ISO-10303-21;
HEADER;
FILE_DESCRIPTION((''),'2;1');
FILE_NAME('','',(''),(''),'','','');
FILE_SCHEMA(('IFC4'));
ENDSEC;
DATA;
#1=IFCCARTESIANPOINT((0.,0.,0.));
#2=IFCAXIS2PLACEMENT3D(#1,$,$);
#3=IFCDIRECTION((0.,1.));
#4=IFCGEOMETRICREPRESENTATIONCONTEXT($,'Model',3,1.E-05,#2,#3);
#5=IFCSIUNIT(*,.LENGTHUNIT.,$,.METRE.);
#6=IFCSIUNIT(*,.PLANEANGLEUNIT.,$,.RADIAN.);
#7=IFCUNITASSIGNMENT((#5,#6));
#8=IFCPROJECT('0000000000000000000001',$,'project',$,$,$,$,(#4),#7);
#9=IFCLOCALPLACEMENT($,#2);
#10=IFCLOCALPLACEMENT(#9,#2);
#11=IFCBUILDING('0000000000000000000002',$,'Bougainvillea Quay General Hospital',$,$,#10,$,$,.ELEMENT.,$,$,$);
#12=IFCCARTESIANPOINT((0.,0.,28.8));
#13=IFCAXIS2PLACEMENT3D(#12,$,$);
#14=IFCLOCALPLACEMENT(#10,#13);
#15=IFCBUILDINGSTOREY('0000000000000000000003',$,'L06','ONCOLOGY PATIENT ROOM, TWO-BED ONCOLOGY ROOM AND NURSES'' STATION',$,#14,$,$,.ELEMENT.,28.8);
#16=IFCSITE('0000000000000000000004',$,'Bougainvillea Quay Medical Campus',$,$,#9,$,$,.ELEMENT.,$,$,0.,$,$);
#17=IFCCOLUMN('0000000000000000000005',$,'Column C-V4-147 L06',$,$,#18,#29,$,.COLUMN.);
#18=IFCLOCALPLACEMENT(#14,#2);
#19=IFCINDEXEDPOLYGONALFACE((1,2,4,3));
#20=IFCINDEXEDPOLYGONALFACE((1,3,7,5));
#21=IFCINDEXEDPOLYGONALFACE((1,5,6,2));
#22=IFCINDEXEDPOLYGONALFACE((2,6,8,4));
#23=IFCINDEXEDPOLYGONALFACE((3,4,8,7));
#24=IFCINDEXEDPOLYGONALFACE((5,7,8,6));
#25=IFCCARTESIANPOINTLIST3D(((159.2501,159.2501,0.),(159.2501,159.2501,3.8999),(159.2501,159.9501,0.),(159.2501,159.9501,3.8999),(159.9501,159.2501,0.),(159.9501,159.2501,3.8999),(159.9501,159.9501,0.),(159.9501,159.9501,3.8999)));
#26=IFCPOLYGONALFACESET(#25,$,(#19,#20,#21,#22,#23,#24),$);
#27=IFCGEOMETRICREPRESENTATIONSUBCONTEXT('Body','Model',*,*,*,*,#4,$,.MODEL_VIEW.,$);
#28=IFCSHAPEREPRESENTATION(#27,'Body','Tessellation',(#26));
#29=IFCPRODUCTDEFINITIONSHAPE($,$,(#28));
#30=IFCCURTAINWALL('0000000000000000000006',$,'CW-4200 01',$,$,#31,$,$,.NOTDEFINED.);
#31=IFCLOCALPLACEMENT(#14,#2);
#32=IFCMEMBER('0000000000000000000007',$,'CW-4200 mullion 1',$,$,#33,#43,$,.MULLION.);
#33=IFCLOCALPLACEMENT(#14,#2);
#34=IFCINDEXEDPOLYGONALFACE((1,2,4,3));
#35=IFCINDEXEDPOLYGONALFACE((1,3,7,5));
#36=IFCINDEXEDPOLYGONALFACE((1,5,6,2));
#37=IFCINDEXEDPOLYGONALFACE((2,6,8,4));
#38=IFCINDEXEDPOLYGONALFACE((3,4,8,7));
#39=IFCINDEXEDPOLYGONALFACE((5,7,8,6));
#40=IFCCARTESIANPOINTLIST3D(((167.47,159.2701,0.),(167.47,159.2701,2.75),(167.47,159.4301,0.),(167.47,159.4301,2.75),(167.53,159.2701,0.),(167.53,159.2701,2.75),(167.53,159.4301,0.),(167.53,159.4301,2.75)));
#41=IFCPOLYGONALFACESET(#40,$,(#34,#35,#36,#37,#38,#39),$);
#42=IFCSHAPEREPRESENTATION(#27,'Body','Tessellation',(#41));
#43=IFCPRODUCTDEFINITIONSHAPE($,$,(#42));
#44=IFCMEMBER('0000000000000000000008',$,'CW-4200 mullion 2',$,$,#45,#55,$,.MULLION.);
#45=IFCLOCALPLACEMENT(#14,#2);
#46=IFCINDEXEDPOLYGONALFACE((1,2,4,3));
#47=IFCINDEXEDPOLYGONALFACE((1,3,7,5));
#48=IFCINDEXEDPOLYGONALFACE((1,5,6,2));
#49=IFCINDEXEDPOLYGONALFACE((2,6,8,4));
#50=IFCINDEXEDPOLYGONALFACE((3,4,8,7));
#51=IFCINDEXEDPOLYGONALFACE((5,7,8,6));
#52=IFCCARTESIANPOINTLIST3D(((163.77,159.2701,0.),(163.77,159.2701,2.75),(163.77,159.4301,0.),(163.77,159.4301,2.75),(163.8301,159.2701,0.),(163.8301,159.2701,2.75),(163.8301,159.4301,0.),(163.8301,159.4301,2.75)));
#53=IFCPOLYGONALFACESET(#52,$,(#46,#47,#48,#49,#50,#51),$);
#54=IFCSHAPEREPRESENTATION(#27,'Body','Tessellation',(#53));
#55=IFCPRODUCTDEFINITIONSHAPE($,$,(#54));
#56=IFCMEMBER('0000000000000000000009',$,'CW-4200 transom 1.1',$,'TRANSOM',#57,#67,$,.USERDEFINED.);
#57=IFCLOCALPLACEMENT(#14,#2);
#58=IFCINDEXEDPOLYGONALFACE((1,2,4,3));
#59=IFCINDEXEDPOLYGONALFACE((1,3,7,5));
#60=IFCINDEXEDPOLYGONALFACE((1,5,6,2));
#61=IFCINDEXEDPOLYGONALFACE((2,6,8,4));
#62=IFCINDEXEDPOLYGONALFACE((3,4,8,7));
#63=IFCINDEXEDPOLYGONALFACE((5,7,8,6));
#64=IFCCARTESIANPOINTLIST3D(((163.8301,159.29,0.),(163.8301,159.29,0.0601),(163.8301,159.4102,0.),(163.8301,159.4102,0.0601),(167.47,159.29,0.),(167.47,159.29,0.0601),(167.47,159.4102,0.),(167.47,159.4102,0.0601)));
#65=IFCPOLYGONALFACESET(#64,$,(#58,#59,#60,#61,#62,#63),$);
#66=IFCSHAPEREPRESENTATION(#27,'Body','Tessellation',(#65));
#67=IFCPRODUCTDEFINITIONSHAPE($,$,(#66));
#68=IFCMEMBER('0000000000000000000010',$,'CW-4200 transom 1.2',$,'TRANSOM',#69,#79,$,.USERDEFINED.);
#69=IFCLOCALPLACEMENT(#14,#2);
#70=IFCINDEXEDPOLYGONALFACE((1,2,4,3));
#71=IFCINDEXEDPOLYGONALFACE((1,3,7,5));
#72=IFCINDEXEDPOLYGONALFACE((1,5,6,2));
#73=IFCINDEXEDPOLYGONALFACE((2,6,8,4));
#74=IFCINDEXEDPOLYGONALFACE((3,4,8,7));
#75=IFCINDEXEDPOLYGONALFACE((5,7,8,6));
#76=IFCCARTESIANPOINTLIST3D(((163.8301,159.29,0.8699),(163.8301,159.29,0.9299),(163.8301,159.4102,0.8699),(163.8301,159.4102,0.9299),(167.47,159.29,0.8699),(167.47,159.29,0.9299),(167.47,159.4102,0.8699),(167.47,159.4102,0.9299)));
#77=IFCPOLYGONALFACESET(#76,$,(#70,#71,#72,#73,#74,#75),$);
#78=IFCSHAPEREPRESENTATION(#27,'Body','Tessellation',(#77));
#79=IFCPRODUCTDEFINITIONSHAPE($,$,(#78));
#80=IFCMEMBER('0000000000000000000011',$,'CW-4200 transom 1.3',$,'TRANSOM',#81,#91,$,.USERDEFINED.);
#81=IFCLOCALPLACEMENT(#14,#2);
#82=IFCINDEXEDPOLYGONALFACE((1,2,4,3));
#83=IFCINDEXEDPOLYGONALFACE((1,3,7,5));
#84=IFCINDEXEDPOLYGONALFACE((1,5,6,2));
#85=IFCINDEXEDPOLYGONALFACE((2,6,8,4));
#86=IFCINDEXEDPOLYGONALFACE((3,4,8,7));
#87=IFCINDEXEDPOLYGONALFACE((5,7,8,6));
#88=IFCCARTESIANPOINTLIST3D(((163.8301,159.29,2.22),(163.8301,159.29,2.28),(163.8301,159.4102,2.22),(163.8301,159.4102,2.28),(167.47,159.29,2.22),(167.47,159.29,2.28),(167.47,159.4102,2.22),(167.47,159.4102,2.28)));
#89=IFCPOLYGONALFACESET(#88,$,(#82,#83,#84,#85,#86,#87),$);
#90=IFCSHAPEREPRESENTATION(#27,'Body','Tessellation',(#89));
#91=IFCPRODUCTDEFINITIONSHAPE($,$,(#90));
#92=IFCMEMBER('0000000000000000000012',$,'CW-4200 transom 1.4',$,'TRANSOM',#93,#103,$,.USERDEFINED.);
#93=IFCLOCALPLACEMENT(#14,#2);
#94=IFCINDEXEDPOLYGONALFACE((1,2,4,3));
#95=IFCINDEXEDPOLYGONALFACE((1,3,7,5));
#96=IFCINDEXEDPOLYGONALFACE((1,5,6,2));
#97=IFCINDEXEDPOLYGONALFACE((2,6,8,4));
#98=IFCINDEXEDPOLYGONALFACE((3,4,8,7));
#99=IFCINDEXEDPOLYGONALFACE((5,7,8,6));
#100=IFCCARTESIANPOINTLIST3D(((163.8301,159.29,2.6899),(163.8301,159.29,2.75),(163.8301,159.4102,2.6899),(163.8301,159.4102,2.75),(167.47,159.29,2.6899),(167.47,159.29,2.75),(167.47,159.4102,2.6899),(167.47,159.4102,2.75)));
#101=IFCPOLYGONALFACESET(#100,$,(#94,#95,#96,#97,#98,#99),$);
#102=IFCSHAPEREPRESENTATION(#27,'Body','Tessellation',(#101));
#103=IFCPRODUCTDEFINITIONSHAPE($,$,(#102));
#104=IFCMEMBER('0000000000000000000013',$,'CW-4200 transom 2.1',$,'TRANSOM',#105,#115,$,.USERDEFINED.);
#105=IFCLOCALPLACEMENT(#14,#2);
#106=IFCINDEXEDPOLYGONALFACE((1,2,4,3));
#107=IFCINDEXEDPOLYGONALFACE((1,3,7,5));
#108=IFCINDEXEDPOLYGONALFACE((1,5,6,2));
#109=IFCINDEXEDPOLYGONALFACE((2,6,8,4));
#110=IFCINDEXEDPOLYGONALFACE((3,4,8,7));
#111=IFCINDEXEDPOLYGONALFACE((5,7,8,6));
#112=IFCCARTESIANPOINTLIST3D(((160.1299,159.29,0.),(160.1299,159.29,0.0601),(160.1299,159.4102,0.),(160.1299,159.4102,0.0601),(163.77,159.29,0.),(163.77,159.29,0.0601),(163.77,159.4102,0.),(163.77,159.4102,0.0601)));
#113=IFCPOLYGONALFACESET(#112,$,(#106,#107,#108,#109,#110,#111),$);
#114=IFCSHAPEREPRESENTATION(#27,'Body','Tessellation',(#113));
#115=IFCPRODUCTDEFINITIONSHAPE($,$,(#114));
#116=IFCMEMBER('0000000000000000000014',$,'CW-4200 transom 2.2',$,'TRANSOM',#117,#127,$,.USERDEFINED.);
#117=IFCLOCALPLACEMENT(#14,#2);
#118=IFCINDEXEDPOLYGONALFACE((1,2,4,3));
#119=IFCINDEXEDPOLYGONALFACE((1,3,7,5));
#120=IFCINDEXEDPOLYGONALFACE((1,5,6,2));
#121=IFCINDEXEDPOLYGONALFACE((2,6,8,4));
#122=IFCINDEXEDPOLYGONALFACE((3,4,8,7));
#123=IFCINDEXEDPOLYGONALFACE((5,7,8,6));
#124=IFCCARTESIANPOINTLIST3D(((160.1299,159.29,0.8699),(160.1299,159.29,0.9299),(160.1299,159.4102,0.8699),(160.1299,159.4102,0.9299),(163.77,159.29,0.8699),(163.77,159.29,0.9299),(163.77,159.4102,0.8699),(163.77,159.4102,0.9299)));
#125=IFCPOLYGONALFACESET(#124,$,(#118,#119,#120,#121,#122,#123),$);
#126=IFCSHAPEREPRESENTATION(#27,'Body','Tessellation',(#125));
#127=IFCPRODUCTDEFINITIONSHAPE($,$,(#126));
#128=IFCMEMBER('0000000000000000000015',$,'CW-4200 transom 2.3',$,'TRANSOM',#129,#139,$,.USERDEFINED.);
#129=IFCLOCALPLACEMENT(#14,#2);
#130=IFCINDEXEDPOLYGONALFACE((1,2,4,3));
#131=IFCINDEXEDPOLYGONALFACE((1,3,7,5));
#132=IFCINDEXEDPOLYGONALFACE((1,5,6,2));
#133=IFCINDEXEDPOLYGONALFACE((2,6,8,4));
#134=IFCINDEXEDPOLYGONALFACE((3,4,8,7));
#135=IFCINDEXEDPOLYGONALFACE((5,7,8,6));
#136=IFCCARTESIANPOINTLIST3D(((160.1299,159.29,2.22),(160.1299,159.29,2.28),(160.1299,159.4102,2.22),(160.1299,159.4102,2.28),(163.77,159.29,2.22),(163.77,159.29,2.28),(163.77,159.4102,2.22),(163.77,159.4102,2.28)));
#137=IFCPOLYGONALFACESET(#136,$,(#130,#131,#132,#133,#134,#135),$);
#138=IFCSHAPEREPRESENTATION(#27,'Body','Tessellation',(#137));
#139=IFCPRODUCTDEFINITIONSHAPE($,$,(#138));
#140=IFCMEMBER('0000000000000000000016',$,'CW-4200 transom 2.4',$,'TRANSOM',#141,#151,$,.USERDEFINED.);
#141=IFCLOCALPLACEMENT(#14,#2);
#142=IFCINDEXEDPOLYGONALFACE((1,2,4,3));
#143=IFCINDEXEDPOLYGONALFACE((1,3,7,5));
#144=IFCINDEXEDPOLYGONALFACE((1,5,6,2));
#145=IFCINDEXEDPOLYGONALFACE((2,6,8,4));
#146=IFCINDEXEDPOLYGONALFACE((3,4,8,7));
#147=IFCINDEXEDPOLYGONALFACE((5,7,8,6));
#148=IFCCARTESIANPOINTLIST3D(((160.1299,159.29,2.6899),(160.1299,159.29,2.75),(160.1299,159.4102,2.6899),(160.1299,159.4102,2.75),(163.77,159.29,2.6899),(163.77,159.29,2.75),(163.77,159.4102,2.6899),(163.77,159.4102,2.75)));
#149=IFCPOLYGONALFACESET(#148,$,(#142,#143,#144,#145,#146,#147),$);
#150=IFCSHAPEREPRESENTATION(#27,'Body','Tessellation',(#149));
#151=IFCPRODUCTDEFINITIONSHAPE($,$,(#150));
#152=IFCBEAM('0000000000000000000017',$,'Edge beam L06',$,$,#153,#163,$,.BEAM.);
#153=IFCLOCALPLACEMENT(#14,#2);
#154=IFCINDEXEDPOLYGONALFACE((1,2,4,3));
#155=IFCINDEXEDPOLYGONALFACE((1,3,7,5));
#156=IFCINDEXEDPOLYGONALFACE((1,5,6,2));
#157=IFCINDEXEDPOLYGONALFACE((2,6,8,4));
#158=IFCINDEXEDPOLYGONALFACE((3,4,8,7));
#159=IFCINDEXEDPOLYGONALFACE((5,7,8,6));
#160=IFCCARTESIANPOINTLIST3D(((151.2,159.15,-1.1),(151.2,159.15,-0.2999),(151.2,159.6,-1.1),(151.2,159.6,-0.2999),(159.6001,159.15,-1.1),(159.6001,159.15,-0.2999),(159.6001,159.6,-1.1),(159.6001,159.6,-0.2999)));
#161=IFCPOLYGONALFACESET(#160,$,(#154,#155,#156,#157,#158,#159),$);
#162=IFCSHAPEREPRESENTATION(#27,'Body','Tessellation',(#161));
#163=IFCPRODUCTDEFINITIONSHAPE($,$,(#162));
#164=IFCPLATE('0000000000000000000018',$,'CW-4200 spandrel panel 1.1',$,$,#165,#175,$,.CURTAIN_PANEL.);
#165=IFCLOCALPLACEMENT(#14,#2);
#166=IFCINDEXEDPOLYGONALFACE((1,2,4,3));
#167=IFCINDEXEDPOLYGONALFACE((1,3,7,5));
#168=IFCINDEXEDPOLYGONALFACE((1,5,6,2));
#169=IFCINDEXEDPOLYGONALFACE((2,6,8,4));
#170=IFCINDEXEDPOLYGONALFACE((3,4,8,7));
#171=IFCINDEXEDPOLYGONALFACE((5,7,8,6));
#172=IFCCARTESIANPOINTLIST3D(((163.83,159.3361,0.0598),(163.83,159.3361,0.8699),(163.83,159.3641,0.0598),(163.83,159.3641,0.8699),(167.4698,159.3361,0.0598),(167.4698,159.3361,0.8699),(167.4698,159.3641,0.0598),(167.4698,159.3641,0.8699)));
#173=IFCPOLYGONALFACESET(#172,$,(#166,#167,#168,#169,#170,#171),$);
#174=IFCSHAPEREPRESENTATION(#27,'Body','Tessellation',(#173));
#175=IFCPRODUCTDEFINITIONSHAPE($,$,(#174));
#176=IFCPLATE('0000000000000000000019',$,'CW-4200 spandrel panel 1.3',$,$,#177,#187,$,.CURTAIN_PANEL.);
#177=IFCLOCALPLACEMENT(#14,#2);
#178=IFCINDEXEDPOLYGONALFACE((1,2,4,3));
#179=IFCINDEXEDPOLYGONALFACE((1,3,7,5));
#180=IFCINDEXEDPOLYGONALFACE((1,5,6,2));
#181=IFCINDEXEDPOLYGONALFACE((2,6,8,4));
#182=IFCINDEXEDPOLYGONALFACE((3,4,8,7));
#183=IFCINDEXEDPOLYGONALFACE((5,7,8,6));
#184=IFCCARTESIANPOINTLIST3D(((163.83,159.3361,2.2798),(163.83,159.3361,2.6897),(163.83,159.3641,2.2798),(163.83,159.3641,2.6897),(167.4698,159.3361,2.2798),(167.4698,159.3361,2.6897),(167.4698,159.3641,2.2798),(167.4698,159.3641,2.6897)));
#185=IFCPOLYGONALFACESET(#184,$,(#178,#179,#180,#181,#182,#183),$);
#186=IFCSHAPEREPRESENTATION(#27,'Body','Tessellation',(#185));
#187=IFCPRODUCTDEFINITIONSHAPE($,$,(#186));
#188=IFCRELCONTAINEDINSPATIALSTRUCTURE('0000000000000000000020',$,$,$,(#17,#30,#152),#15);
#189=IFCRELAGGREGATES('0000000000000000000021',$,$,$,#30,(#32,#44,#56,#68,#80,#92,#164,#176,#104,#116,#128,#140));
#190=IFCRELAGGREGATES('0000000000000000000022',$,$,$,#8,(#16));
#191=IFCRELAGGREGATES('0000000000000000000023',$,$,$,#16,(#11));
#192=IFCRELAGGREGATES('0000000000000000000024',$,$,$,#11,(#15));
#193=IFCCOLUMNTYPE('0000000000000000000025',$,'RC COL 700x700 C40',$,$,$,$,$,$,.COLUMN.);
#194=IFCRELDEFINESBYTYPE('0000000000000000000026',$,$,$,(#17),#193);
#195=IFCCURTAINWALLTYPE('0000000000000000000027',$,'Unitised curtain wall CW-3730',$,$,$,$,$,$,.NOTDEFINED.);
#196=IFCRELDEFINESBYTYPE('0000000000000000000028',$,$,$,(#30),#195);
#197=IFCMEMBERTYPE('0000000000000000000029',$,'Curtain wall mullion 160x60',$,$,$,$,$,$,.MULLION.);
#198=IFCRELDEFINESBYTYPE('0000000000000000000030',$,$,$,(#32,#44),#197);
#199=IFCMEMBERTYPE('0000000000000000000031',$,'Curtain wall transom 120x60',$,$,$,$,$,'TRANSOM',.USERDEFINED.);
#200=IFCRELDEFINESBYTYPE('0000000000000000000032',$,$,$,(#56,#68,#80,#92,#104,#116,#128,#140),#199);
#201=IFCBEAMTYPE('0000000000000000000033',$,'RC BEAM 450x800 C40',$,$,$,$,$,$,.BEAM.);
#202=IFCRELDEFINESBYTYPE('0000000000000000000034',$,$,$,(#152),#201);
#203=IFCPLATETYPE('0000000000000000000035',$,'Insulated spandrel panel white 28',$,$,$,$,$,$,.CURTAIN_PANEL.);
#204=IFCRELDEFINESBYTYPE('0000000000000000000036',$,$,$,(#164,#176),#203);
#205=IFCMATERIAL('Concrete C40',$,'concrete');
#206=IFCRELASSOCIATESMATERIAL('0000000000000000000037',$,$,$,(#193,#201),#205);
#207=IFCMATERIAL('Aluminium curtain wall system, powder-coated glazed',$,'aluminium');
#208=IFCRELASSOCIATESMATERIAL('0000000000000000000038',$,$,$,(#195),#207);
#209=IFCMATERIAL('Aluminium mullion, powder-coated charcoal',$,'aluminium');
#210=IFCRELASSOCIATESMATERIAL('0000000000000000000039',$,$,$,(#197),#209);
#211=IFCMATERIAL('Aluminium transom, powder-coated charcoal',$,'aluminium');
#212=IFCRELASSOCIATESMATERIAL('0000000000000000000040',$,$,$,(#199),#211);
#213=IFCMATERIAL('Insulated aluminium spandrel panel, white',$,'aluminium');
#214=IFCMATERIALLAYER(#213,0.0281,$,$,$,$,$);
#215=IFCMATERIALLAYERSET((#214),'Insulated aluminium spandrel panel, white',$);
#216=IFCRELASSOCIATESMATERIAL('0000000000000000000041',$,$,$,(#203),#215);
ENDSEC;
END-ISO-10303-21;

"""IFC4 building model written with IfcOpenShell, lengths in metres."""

from ifc_helpers import new_model, si_unit, direction, frame, origin, origin_2d, place, context, subcontext, project, spatial, rectangle, extrude, material, layer, layer_set, material_profile, profile_set, type_object, element, aggregate, save


model = new_model("IFC4")

# Units and contexts
model_context = context("Model", 3, precision=1e-05, world=origin(), true_north=direction((0.0, 1.0)))
body_context = subcontext(model_context, "Body", "Model", "MODEL_VIEW")
ifc_project = project(units=[si_unit("LENGTHUNIT", "METRE"), si_unit("PLANEANGLEUNIT", "RADIAN")], contexts=[model_context])

# Site, building, storey
site_placement = place(None, origin())
site = spatial("IfcSite", under=ifc_project, at=site_placement, Name="Bougainvillea Quay Medical Campus", CompositionType="ELEMENT", RefElevation=0.0)
building_placement = place(site_placement, origin())
building = spatial("IfcBuilding", under=site, at=building_placement, Name="Bougainvillea Quay General Hospital", CompositionType="ELEMENT")
storey_placement = place(building_placement, frame((0.0, 0.0, 28.8)))
storey = spatial("IfcBuildingStorey", under=building, at=storey_placement, Name="L06", Description="ONCOLOGY PATIENT ROOM, TWO-BED ONCOLOGY ROOM AND NURSES' STATION", CompositionType="ELEMENT", Elevation=28.8)

# Column
ifc_material_1 = material(Name="Concrete C40", Category="concrete")
ifc_material_profile_1 = material_profile(ifc_material_1, rectangle(XDim=0.7, YDim=0.7, at=origin_2d()))
ifc_profile_set_1 = profile_set([ifc_material_profile_1], Name="Concrete C40")
column_type = type_object("IfcColumnType", Name="RC COL 700x700 C40", PredefinedType="COLUMN", material=ifc_profile_set_1)
column_placement = place(storey_placement, frame((159.6001, 159.6001, 0.0), z_axis=(0.0, 0.0, 1.0), x_axis=(1.0, 0.0, 0.0)))
element("IfcColumn", 1, at=column_placement, inside=storey, type_object=column_type, Name="Column C-V4-147 L06", PredefinedType="COLUMN", context=body_context, shape_type="SweptSolid", body=[
    extrude(rectangle(XDim=0.7, YDim=0.7, at=origin_2d()), origin(), (0.0, 0.0, 1.0), 3.8999),
])

# Curtain wall, members
ifc_material_2 = material(Name="Aluminium curtain wall system, powder-coated glazed", Category="aluminium")
curtain_wall_type = type_object("IfcCurtainWallType", Name="Unitised curtain wall CW-3730", PredefinedType="NOTDEFINED", material=ifc_material_2)
curtain_wall_placement = place(storey_placement, origin())
curtain_wall = element("IfcCurtainWall", 2, at=curtain_wall_placement, inside=storey, type_object=curtain_wall_type, Name="CW-4200 01", PredefinedType="NOTDEFINED")
ifc_material_3 = material(Name="Aluminium mullion, powder-coated charcoal", Category="aluminium")
ifc_material_profile_2 = material_profile(ifc_material_3, rectangle(XDim=0.1599, YDim=0.0601, at=origin_2d()))
ifc_profile_set_2 = profile_set([ifc_material_profile_2], Name="Aluminium mullion, powder-coated charcoal")
member_type_1 = type_object("IfcMemberType", Name="Curtain wall mullion 160x60", PredefinedType="MULLION", material=ifc_profile_set_2)
member_1_placement = place(storey_placement, frame((167.5, 159.3501, 0.0), z_axis=(0.0, 0.0, 1.0), x_axis=(0.0, -1.0, 0.0)))
member_1 = element("IfcMember", 3, at=member_1_placement, type_object=member_type_1, Name="CW-4200 mullion 1", PredefinedType="MULLION", context=body_context, shape_type="SweptSolid", body=[
    extrude(rectangle(XDim=0.1599, YDim=0.0601, at=origin_2d()), origin(), (0.0, 0.0, 1.0), 2.75),
])
member_2_placement = place(storey_placement, frame((163.8, 159.3501, 0.0), z_axis=(0.0, 0.0, 1.0), x_axis=(0.0, -1.0, 0.0)))
member_2 = element("IfcMember", 4, at=member_2_placement, type_object=member_type_1, Name="CW-4200 mullion 2", PredefinedType="MULLION", context=body_context, shape_type="SweptSolid", body=[
    extrude(rectangle(XDim=0.1599, YDim=0.0601, at=origin_2d()), origin(), (0.0, 0.0, 1.0), 2.75),
])
ifc_material_4 = material(Name="Aluminium transom, powder-coated charcoal", Category="aluminium")
ifc_material_profile_3 = material_profile(ifc_material_4, rectangle(XDim=0.1201, YDim=0.0601, at=origin_2d()))
ifc_profile_set_3 = profile_set([ifc_material_profile_3], Name="Aluminium transom, powder-coated charcoal")
member_type_2 = type_object("IfcMemberType", Name="Curtain wall transom 120x60", ElementType="TRANSOM", PredefinedType="USERDEFINED", material=ifc_profile_set_3)
member_3_placement = place(storey_placement, frame((167.47, 159.3501, 0.03), z_axis=(-1.0, 0.0, 0.0), x_axis=(0.0, -1.0, 0.0)))
member_3 = element("IfcMember", 5, at=member_3_placement, type_object=member_type_2, Name="CW-4200 transom 1.1", ObjectType="TRANSOM", PredefinedType="USERDEFINED", context=body_context, shape_type="SweptSolid", body=[
    extrude(rectangle(XDim=0.1201, YDim=0.0601, at=origin_2d()), origin(), (0.0, 0.0, 1.0), 3.6399),
])
member_4_placement = place(storey_placement, frame((167.47, 159.3501, 0.8999), z_axis=(-1.0, 0.0, 0.0), x_axis=(0.0, -1.0, 0.0)))
member_4 = element("IfcMember", 6, at=member_4_placement, type_object=member_type_2, Name="CW-4200 transom 1.2", ObjectType="TRANSOM", PredefinedType="USERDEFINED", context=body_context, shape_type="SweptSolid", body=[
    extrude(rectangle(XDim=0.1201, YDim=0.0601, at=origin_2d()), origin(), (0.0, 0.0, 1.0), 3.6399),
])
member_5_placement = place(storey_placement, frame((167.47, 159.3501, 2.25), z_axis=(-1.0, 0.0, 0.0), x_axis=(0.0, -1.0, 0.0)))
member_5 = element("IfcMember", 7, at=member_5_placement, type_object=member_type_2, Name="CW-4200 transom 1.3", ObjectType="TRANSOM", PredefinedType="USERDEFINED", context=body_context, shape_type="SweptSolid", body=[
    extrude(rectangle(XDim=0.1201, YDim=0.0601, at=origin_2d()), origin(), (0.0, 0.0, 1.0), 3.6399),
])
member_6_placement = place(storey_placement, frame((167.47, 159.3501, 2.72), z_axis=(-1.0, 0.0, 0.0), x_axis=(0.0, -1.0, 0.0)))
member_6 = element("IfcMember", 8, at=member_6_placement, type_object=member_type_2, Name="CW-4200 transom 1.4", ObjectType="TRANSOM", PredefinedType="USERDEFINED", context=body_context, shape_type="SweptSolid", body=[
    extrude(rectangle(XDim=0.1201, YDim=0.0601, at=origin_2d()), origin(), (0.0, 0.0, 1.0), 3.6399),
])
member_7_placement = place(storey_placement, frame((163.77, 159.3501, 0.03), z_axis=(-1.0, 0.0, 0.0), x_axis=(0.0, -1.0, 0.0)))
member_7 = element("IfcMember", 9, at=member_7_placement, type_object=member_type_2, Name="CW-4200 transom 2.1", ObjectType="TRANSOM", PredefinedType="USERDEFINED", context=body_context, shape_type="SweptSolid", body=[
    extrude(rectangle(XDim=0.1201, YDim=0.0601, at=origin_2d()), origin(), (0.0, 0.0, 1.0), 3.6401),
])
member_8_placement = place(storey_placement, frame((163.77, 159.3501, 0.8999), z_axis=(-1.0, 0.0, 0.0), x_axis=(0.0, -1.0, 0.0)))
member_8 = element("IfcMember", 10, at=member_8_placement, type_object=member_type_2, Name="CW-4200 transom 2.2", ObjectType="TRANSOM", PredefinedType="USERDEFINED", context=body_context, shape_type="SweptSolid", body=[
    extrude(rectangle(XDim=0.1201, YDim=0.0601, at=origin_2d()), origin(), (0.0, 0.0, 1.0), 3.6401),
])
member_9_placement = place(storey_placement, frame((163.77, 159.3501, 2.25), z_axis=(-1.0, 0.0, 0.0), x_axis=(0.0, -1.0, 0.0)))
member_9 = element("IfcMember", 11, at=member_9_placement, type_object=member_type_2, Name="CW-4200 transom 2.3", ObjectType="TRANSOM", PredefinedType="USERDEFINED", context=body_context, shape_type="SweptSolid", body=[
    extrude(rectangle(XDim=0.1201, YDim=0.0601, at=origin_2d()), origin(), (0.0, 0.0, 1.0), 3.6401),
])
member_10_placement = place(storey_placement, frame((163.77, 159.3501, 2.72), z_axis=(-1.0, 0.0, 0.0), x_axis=(0.0, -1.0, 0.0)))
member_10 = element("IfcMember", 12, at=member_10_placement, type_object=member_type_2, Name="CW-4200 transom 2.4", ObjectType="TRANSOM", PredefinedType="USERDEFINED", context=body_context, shape_type="SweptSolid", body=[
    extrude(rectangle(XDim=0.1201, YDim=0.0601, at=origin_2d()), origin(), (0.0, 0.0, 1.0), 3.6401),
])

# Beam
ifc_material_profile_4 = material_profile(ifc_material_1, rectangle(XDim=0.45, YDim=0.8, at=origin_2d()))
ifc_profile_set_4 = profile_set([ifc_material_profile_4], Name="Concrete C40")
beam_type = type_object("IfcBeamType", Name="RC BEAM 450x800 C40", PredefinedType="BEAM", material=ifc_profile_set_4)
beam_placement = place(storey_placement, frame((159.6001, 159.375, -0.7), z_axis=(-1.0, 0.0, 0.0), x_axis=(0.0, -1.0, 0.0)))
element("IfcBeam", 13, at=beam_placement, inside=storey, type_object=beam_type, Name="Edge beam L06", PredefinedType="BEAM", context=body_context, shape_type="SweptSolid", body=[
    extrude(rectangle(XDim=0.45, YDim=0.8, at=origin_2d()), origin(), (0.0, 0.0, 1.0), 8.4001),
])

# Plates
ifc_material_5 = material(Name="Insulated aluminium spandrel panel, white", Category="aluminium")
ifc_layer_1 = layer(ifc_material_5, 0.0281)
ifc_layer_set_1 = layer_set([ifc_layer_1], Name="Insulated aluminium spandrel panel, white")
plate_type_1 = type_object("IfcPlateType", Name="Insulated spandrel panel white 28", PredefinedType="CURTAIN_PANEL", material=ifc_layer_set_1)
plate_1_placement = place(storey_placement, frame((165.6499, 159.3501, 0.0598), z_axis=(0.0, 0.0, 1.0), x_axis=(-1.0, 0.0, 0.0)))
plate_1 = element("IfcPlate", 14, at=plate_1_placement, type_object=plate_type_1, Name="CW-4200 spandrel panel 1.1", PredefinedType="CURTAIN_PANEL", context=body_context, shape_type="SweptSolid", body=[
    extrude(rectangle(XDim=3.6399, YDim=0.0281, at=origin_2d()), origin(), (0.0, 0.0, 1.0), 0.8101),
])
plate_2_placement = place(storey_placement, frame((165.6499, 159.3501, 2.2798), z_axis=(0.0, 0.0, 1.0), x_axis=(-1.0, 0.0, 0.0)))
plate_2 = element("IfcPlate", 15, at=plate_2_placement, type_object=plate_type_1, Name="CW-4200 spandrel panel 1.3", PredefinedType="CURTAIN_PANEL", context=body_context, shape_type="SweptSolid", body=[
    extrude(rectangle(XDim=3.6399, YDim=0.0281, at=origin_2d()), origin(), (0.0, 0.0, 1.0), 0.4099),
])
aggregate(curtain_wall, [member_1, member_2, member_3, member_4, member_5, member_6, plate_1, plate_2, member_7, member_8, member_9, member_10])

save(model, "model.ifc")
